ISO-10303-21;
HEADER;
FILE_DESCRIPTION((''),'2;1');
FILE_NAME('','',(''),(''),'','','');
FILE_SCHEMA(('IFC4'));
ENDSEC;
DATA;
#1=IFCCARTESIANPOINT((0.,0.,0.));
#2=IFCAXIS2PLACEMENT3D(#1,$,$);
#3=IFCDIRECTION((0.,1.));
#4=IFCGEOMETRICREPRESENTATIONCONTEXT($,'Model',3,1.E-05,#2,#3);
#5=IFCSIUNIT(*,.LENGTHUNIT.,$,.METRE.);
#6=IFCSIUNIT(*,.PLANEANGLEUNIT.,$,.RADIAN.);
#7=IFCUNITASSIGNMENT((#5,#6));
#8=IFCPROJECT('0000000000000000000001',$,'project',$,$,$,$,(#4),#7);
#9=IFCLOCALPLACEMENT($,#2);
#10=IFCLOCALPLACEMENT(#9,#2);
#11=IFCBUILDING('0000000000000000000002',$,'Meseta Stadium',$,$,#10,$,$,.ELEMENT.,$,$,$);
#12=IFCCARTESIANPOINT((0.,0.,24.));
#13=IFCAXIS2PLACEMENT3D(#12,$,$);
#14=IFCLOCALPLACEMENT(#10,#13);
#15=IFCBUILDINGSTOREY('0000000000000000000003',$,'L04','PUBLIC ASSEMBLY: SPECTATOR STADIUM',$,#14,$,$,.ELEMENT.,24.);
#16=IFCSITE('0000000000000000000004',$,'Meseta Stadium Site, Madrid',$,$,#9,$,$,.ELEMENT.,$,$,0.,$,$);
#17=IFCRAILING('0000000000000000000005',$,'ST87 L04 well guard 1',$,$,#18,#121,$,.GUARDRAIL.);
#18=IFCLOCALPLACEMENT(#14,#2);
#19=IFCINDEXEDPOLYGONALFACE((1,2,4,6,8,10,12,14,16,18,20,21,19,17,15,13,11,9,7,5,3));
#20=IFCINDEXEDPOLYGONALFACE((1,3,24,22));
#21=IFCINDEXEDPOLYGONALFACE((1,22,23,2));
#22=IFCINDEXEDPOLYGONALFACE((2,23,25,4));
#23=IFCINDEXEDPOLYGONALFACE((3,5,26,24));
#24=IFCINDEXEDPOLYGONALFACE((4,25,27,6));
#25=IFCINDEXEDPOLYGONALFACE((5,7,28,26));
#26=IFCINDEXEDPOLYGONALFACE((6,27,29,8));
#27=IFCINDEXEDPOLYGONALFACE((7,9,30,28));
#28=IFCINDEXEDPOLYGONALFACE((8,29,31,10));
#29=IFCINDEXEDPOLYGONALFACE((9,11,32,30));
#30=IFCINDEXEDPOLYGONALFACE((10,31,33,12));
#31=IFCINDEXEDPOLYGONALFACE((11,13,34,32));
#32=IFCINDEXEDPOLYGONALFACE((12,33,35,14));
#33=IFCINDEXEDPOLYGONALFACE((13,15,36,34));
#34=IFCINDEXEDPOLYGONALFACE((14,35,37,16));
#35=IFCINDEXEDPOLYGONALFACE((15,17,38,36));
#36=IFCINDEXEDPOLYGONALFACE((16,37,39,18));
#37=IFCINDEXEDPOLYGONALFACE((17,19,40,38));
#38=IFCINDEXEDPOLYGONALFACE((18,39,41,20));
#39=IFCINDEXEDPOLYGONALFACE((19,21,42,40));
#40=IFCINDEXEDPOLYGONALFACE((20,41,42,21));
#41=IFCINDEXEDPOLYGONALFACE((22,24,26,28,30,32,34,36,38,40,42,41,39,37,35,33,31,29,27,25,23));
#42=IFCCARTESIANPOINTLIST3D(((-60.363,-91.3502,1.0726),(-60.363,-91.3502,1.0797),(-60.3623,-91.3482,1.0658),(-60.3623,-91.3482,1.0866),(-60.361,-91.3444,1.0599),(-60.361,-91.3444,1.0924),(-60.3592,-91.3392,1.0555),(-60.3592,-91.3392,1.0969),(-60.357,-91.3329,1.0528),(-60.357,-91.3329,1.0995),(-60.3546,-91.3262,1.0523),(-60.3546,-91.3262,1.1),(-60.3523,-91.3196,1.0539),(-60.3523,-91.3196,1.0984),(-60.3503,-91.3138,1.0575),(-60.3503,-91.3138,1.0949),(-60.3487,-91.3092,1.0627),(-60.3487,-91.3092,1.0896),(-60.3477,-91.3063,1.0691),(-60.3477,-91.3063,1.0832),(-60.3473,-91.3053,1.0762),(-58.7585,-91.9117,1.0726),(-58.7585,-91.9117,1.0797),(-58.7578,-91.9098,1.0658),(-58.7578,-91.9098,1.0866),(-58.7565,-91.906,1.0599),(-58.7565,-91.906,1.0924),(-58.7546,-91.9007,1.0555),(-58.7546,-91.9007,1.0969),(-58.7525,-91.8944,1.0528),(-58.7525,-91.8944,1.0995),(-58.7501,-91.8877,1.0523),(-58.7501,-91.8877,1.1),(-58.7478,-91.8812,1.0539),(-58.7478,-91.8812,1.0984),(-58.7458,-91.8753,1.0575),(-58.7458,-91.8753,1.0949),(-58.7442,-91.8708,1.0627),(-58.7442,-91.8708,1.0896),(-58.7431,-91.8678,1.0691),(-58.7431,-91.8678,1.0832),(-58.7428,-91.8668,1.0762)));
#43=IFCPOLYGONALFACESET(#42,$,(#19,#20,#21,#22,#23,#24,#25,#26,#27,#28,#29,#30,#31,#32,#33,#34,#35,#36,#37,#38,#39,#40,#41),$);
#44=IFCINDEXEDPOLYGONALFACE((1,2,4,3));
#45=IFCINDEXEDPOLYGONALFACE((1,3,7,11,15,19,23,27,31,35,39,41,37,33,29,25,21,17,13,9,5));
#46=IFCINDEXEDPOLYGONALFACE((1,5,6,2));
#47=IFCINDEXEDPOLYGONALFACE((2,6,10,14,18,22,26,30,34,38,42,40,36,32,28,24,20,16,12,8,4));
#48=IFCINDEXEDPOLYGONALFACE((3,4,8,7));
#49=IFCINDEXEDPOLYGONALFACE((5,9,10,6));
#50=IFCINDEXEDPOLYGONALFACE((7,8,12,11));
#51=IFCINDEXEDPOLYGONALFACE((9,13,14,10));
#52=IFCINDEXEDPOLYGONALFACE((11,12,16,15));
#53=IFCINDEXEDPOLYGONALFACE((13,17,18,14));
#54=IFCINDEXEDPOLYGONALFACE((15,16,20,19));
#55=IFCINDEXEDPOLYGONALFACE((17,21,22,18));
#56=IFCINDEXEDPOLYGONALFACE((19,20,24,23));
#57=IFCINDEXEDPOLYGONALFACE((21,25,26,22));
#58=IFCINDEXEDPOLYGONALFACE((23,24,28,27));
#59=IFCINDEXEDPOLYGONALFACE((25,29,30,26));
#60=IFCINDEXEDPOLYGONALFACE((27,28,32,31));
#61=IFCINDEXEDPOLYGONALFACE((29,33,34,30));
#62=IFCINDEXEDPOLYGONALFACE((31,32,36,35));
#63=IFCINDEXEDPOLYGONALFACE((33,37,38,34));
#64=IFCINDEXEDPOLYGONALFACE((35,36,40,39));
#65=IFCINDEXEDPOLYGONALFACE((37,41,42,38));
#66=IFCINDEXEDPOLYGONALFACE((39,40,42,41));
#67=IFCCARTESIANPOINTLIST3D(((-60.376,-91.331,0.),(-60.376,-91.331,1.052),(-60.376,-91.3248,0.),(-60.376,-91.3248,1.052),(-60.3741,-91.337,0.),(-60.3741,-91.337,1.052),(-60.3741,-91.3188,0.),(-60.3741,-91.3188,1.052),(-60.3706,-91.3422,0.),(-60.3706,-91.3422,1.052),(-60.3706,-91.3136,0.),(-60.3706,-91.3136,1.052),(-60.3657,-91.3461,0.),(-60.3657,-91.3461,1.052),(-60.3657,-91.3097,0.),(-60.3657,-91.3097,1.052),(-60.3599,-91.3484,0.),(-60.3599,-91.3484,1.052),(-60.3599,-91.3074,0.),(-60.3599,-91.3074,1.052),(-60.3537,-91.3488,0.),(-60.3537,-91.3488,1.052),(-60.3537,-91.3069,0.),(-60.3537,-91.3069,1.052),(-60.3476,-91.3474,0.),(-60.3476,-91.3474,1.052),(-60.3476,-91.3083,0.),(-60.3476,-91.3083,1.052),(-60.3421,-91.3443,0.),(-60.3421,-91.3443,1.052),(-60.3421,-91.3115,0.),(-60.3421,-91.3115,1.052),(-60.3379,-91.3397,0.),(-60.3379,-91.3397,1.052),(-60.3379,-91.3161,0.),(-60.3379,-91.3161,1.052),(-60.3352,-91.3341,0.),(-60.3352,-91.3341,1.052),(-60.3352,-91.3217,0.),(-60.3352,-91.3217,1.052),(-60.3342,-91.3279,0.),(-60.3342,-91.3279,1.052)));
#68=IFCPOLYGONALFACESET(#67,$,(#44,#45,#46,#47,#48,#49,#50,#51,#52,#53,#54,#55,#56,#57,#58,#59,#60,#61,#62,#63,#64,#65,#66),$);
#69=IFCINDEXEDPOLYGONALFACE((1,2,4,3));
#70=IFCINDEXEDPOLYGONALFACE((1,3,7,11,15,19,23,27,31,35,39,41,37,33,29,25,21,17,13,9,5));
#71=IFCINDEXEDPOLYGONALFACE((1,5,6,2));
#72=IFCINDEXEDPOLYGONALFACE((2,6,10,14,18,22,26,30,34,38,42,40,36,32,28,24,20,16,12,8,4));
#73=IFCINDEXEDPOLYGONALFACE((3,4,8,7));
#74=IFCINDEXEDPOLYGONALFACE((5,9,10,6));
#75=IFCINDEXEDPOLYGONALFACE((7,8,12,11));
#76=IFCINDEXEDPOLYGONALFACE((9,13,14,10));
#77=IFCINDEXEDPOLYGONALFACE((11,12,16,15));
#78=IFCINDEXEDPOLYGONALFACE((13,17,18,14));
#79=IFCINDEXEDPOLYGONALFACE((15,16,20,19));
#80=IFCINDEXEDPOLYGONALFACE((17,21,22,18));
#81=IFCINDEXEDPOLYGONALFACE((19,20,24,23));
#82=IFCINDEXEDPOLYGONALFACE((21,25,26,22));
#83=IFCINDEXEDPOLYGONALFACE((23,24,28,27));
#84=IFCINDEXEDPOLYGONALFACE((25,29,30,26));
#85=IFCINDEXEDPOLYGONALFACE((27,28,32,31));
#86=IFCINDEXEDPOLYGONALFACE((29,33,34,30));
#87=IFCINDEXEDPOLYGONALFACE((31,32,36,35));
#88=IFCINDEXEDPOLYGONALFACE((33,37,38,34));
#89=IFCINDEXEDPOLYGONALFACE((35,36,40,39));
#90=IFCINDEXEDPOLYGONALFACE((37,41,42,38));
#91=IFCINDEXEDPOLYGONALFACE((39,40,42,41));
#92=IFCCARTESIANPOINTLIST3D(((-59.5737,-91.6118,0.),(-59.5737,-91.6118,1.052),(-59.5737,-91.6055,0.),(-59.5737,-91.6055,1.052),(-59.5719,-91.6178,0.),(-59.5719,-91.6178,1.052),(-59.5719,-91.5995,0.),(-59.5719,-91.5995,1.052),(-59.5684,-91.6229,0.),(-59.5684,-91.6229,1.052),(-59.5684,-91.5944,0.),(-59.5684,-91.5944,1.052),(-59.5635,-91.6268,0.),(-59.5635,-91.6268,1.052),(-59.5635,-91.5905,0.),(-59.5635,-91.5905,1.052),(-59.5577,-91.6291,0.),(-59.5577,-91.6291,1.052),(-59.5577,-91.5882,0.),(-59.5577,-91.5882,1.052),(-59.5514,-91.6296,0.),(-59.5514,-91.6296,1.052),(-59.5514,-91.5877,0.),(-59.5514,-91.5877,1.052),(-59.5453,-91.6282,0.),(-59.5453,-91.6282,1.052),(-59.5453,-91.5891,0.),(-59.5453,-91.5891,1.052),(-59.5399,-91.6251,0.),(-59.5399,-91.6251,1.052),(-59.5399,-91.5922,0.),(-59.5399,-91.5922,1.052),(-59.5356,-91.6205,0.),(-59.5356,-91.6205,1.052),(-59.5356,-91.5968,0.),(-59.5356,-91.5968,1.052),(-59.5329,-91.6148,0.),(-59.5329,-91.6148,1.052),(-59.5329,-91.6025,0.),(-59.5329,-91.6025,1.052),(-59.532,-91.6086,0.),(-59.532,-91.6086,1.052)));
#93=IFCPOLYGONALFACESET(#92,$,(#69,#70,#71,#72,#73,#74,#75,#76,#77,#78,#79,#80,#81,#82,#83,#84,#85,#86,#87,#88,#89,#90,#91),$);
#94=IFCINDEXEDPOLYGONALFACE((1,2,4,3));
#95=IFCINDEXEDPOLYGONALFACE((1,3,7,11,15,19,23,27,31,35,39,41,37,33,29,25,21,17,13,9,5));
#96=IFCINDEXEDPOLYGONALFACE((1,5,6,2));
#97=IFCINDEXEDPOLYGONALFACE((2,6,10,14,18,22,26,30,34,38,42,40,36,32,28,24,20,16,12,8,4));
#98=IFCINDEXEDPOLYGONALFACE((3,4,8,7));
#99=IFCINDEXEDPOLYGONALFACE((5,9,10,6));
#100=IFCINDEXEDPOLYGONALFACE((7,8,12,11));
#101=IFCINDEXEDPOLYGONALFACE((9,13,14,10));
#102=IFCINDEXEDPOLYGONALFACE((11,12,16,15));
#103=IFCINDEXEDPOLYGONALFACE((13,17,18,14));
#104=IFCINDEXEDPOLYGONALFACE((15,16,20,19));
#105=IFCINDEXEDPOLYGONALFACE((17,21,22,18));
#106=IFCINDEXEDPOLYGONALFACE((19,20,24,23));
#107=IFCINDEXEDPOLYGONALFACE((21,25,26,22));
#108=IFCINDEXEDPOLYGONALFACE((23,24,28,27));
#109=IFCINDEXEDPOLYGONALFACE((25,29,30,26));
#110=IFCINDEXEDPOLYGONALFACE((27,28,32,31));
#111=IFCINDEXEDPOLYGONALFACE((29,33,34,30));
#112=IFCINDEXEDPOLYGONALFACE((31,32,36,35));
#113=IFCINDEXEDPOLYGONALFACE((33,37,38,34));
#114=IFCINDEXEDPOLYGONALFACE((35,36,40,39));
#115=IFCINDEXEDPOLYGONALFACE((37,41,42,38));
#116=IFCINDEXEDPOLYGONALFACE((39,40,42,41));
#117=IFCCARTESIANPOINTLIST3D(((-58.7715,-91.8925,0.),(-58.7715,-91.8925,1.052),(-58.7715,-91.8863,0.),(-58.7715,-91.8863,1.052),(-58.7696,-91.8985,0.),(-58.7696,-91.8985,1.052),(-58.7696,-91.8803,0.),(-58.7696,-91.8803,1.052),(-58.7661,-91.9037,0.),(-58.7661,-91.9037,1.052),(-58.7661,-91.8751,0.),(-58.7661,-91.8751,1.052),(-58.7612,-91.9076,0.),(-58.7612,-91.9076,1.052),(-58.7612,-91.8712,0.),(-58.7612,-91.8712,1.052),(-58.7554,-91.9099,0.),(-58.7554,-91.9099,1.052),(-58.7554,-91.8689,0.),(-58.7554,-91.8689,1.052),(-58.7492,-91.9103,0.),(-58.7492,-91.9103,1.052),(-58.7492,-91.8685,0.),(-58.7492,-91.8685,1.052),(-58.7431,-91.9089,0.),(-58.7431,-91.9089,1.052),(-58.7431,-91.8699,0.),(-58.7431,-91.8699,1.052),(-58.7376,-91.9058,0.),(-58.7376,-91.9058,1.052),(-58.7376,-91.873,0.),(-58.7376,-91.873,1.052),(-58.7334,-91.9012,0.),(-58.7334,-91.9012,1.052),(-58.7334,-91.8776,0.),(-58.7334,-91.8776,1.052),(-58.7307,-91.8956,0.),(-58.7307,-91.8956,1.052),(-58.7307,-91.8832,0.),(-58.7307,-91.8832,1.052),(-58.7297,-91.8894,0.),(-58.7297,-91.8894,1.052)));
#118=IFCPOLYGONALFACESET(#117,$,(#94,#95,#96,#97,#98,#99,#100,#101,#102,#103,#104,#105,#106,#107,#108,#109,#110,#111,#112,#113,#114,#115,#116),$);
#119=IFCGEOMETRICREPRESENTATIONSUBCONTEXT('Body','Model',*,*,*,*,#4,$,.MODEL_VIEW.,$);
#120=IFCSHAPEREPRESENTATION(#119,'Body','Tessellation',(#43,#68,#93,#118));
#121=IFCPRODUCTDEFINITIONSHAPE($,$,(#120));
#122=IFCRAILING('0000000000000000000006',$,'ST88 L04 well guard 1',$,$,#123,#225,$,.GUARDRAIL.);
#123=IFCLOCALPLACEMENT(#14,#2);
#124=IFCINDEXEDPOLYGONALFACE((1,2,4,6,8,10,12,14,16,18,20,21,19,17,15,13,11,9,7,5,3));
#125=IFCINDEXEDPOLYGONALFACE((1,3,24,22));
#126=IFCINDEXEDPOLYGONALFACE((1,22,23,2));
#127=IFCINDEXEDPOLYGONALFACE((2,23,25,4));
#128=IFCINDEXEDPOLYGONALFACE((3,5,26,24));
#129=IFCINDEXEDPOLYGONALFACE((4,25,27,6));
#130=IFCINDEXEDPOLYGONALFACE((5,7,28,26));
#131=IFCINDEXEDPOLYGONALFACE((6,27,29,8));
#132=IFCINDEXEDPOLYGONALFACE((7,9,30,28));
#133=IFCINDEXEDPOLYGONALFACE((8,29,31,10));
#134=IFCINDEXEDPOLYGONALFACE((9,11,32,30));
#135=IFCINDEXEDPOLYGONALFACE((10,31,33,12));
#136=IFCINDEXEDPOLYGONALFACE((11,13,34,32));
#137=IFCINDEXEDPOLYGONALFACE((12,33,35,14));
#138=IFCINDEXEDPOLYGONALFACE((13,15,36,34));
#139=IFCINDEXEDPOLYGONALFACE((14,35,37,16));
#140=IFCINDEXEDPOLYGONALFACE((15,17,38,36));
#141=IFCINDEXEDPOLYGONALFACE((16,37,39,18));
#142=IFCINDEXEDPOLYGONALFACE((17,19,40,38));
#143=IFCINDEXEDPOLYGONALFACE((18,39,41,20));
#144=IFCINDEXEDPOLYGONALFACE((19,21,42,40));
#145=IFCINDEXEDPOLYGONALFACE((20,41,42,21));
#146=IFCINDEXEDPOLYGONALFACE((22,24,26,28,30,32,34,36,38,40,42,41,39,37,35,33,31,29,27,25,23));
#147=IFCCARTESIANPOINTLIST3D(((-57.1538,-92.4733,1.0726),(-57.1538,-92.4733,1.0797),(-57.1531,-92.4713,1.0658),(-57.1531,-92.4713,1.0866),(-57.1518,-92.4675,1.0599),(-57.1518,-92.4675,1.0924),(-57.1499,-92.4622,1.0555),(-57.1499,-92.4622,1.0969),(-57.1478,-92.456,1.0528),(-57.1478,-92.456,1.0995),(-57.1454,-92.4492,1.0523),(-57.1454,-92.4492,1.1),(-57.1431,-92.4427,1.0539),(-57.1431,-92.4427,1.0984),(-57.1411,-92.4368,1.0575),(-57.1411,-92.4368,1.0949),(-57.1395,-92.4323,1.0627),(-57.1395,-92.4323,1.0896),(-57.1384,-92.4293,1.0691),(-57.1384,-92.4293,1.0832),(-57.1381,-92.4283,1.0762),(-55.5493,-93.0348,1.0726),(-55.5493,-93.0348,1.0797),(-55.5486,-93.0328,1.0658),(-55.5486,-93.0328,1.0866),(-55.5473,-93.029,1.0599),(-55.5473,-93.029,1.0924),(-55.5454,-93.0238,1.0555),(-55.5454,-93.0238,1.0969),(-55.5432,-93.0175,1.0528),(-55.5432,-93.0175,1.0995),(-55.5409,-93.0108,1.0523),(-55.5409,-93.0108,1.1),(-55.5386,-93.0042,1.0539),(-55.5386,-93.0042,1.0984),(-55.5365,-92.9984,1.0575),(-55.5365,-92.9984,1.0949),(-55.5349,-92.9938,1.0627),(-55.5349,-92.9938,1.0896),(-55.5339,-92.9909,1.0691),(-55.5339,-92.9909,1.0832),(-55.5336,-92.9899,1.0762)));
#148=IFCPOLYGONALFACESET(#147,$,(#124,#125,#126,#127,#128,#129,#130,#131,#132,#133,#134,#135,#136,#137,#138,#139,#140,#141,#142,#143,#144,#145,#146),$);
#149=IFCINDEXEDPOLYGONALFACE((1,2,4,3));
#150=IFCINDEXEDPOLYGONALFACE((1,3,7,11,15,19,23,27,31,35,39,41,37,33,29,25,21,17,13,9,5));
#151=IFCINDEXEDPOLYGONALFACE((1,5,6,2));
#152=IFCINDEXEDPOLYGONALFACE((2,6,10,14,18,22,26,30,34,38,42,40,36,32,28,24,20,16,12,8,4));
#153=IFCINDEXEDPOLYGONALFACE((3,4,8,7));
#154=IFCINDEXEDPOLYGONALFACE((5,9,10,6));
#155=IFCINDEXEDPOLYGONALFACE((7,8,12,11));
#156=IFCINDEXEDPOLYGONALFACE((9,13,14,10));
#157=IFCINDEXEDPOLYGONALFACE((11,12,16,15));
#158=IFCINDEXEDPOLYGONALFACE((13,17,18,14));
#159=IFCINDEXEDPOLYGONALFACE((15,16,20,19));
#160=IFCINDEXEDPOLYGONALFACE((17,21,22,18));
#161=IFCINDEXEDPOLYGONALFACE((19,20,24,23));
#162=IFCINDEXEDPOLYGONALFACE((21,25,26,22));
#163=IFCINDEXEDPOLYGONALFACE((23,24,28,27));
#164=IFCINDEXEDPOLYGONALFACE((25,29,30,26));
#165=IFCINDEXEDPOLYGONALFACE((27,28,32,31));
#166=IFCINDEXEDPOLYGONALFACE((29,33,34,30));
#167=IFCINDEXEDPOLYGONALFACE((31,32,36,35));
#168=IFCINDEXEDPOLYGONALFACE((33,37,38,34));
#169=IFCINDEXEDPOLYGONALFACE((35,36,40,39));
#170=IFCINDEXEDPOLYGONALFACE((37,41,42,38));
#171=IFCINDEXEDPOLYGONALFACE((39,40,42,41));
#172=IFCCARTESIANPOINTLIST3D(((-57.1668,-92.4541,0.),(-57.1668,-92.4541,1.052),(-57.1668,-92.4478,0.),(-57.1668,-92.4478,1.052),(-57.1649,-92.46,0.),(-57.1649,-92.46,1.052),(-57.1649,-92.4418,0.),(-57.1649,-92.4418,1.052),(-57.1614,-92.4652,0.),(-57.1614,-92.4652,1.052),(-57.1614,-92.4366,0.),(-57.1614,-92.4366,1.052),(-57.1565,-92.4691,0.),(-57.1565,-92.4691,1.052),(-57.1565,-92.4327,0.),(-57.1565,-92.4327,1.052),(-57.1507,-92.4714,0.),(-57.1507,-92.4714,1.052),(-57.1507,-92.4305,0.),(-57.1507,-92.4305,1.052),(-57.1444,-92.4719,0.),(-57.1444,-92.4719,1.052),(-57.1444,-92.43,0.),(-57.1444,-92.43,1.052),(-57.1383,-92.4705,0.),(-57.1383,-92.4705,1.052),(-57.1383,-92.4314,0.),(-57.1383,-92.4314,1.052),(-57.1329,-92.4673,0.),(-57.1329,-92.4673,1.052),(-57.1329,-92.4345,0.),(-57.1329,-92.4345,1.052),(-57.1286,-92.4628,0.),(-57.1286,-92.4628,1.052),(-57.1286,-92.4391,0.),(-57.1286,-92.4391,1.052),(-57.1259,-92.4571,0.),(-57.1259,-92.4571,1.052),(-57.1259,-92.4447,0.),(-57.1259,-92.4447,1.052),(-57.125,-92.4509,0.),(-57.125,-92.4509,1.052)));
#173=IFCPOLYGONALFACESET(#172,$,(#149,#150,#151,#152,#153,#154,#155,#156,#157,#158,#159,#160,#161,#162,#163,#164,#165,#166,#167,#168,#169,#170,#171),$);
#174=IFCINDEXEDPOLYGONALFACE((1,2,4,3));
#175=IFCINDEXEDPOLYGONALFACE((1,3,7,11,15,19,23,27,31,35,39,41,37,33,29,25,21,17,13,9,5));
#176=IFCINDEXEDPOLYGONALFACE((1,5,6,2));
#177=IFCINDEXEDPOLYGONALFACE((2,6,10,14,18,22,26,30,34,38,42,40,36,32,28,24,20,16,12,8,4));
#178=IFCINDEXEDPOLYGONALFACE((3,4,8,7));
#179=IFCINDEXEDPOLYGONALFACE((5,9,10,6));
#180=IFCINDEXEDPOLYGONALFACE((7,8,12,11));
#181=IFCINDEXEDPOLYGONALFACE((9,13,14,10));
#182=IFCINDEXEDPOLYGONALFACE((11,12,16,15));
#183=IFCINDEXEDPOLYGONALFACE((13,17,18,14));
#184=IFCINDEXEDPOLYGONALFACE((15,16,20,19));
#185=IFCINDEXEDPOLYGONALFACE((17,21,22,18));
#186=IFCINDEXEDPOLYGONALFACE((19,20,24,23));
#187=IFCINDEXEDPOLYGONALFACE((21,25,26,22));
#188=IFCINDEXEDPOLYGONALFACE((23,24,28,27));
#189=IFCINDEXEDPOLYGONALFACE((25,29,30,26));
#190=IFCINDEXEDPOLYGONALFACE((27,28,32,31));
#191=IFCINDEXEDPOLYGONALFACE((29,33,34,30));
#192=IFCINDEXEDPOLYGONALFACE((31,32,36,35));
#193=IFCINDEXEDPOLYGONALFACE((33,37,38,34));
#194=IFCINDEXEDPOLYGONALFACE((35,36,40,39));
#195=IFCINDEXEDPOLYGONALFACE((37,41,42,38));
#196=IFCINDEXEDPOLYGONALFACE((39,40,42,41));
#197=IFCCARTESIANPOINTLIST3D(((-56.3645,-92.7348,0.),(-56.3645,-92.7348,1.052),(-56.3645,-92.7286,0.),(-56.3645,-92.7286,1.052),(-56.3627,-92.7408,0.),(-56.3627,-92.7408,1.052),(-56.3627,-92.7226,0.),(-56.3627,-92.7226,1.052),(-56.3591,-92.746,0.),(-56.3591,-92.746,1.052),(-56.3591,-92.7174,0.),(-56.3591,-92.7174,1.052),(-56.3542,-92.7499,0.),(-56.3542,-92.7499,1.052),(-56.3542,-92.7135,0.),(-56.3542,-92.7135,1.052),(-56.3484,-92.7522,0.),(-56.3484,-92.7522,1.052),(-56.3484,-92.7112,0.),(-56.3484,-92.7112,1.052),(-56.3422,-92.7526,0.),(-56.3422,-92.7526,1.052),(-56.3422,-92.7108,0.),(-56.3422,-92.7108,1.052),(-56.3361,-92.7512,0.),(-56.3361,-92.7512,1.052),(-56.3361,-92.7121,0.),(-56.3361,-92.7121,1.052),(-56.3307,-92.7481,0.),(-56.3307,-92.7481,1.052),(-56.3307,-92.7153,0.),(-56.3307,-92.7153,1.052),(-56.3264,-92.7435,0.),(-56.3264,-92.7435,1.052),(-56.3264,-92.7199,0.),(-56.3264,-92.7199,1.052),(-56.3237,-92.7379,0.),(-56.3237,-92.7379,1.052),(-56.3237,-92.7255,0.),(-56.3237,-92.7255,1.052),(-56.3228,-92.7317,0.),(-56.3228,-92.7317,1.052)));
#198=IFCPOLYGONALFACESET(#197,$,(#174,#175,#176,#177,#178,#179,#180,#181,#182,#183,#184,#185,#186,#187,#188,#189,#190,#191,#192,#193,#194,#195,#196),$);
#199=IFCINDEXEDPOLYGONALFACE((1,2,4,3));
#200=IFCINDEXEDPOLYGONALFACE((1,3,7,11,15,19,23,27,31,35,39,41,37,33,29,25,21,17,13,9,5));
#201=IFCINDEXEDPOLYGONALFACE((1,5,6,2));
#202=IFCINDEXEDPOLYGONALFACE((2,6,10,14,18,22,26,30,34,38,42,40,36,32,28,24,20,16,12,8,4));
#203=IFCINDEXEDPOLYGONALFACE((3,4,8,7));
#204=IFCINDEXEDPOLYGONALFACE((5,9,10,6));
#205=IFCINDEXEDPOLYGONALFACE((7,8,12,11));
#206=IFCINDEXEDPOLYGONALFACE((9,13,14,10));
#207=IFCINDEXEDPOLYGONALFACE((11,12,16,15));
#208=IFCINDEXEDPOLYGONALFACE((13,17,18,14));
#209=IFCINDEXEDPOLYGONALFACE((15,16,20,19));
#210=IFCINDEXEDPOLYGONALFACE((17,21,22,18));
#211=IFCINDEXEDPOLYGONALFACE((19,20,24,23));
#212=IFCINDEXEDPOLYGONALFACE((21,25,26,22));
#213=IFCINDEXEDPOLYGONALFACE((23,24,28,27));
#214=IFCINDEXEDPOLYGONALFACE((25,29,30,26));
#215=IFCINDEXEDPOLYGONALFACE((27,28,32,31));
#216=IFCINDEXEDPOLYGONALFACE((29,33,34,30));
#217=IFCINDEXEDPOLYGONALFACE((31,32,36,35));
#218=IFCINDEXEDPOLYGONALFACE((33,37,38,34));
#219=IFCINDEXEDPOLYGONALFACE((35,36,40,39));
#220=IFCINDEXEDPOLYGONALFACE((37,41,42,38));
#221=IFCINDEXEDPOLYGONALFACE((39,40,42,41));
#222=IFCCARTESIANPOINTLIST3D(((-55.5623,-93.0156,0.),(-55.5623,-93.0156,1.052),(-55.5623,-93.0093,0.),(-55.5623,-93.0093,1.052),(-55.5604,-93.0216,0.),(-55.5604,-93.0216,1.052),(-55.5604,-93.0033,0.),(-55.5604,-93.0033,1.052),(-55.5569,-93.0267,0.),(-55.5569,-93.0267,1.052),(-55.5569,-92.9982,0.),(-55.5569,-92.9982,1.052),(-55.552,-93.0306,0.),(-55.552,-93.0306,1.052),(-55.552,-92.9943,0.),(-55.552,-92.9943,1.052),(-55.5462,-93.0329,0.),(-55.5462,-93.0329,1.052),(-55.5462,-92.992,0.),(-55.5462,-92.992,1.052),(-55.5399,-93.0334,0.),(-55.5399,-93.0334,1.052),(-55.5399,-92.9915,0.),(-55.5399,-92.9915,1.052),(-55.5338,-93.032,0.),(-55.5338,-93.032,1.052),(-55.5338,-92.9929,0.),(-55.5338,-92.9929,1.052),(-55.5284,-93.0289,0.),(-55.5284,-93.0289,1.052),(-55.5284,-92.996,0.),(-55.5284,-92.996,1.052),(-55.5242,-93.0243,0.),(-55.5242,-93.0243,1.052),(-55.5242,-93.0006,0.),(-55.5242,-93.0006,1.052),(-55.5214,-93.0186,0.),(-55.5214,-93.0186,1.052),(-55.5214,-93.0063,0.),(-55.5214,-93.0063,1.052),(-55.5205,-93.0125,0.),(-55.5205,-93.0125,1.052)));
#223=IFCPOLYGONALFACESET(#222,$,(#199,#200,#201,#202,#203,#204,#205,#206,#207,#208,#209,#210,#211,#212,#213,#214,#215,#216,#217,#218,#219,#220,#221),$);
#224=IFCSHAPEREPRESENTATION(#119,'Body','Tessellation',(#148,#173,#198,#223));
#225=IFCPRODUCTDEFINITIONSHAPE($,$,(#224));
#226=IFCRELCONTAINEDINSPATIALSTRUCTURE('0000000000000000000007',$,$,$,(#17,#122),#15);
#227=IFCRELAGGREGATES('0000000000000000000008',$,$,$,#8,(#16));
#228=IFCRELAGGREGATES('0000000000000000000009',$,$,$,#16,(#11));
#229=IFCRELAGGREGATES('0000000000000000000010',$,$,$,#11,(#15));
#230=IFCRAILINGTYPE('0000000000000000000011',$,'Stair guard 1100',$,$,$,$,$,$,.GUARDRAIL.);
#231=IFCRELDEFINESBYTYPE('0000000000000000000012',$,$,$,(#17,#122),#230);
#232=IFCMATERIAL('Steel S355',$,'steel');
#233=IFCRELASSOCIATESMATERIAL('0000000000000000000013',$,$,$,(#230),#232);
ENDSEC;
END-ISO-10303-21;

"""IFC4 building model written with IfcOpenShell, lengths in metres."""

from ifc_helpers import new_model, si_unit, direction, frame, origin, origin_2d, place, context, subcontext, project, spatial, circle, extrude, material, type_object, element, save


model = new_model("IFC4")

# Units and contexts
model_context = context("Model", 3, precision=1e-05, world=origin(), true_north=direction((0.0, 1.0)))
body_context = subcontext(model_context, "Body", "Model", "MODEL_VIEW")
ifc_project = project(units=[si_unit("LENGTHUNIT", "METRE"), si_unit("PLANEANGLEUNIT", "RADIAN")], contexts=[model_context])

# Site, building, storey
site_placement = place(None, origin())
site = spatial("IfcSite", under=ifc_project, at=site_placement, Name="Meseta Stadium Site, Madrid", CompositionType="ELEMENT", RefElevation=0.0)
building_placement = place(site_placement, origin())
building = spatial("IfcBuilding", under=site, at=building_placement, Name="Meseta Stadium", CompositionType="ELEMENT")
storey_placement = place(building_placement, frame((0.0, 0.0, 24.0)))
storey = spatial("IfcBuildingStorey", under=building, at=storey_placement, Name="L04", Description="PUBLIC ASSEMBLY: SPECTATOR STADIUM", CompositionType="ELEMENT", Elevation=24.0)

# Railings
ifc_material_1 = material(Name="Steel S355", Category="steel")
railing_type = type_object("IfcRailingType", Name="Stair guard 1100", PredefinedType="GUARDRAIL", material=ifc_material_1)
for number, where, name in (
    (1, (-60.3552, -91.3279, 0.0), "ST87 L04 well guard 1"),
    (2, (-57.146, -92.4509, 0.0), "ST88 L04 well guard 1"),
):
    element("IfcRailing", number, at=place(storey_placement, frame(where)), inside=storey, type_object=railing_type, Name=name, PredefinedType="GUARDRAIL", context=body_context, shape_type="SweptSolid", body=[
        extrude(circle(Radius=0.0239, at=origin_2d()), frame((0.0, 0.0, 1.0762), z_axis=(0.943867, -0.330325, 0.0), x_axis=(0.330325, 0.943867, 0.0)), (0.0, 0.0, 1.0), 1.7),
        extrude(circle(Radius=0.021, at=origin_2d()), origin(), (0.0, 0.0, 1.0), 1.052),
        extrude(circle(Radius=0.021, at=origin_2d()), frame((0.8022, -0.2808, 0.0)), (0.0, 0.0, 1.0), 1.052),
        extrude(circle(Radius=0.021, at=origin_2d()), frame((1.6045, -0.5615, 0.0)), (0.0, 0.0, 1.0), 1.052),
    ])

save(model, "model.ifc")
